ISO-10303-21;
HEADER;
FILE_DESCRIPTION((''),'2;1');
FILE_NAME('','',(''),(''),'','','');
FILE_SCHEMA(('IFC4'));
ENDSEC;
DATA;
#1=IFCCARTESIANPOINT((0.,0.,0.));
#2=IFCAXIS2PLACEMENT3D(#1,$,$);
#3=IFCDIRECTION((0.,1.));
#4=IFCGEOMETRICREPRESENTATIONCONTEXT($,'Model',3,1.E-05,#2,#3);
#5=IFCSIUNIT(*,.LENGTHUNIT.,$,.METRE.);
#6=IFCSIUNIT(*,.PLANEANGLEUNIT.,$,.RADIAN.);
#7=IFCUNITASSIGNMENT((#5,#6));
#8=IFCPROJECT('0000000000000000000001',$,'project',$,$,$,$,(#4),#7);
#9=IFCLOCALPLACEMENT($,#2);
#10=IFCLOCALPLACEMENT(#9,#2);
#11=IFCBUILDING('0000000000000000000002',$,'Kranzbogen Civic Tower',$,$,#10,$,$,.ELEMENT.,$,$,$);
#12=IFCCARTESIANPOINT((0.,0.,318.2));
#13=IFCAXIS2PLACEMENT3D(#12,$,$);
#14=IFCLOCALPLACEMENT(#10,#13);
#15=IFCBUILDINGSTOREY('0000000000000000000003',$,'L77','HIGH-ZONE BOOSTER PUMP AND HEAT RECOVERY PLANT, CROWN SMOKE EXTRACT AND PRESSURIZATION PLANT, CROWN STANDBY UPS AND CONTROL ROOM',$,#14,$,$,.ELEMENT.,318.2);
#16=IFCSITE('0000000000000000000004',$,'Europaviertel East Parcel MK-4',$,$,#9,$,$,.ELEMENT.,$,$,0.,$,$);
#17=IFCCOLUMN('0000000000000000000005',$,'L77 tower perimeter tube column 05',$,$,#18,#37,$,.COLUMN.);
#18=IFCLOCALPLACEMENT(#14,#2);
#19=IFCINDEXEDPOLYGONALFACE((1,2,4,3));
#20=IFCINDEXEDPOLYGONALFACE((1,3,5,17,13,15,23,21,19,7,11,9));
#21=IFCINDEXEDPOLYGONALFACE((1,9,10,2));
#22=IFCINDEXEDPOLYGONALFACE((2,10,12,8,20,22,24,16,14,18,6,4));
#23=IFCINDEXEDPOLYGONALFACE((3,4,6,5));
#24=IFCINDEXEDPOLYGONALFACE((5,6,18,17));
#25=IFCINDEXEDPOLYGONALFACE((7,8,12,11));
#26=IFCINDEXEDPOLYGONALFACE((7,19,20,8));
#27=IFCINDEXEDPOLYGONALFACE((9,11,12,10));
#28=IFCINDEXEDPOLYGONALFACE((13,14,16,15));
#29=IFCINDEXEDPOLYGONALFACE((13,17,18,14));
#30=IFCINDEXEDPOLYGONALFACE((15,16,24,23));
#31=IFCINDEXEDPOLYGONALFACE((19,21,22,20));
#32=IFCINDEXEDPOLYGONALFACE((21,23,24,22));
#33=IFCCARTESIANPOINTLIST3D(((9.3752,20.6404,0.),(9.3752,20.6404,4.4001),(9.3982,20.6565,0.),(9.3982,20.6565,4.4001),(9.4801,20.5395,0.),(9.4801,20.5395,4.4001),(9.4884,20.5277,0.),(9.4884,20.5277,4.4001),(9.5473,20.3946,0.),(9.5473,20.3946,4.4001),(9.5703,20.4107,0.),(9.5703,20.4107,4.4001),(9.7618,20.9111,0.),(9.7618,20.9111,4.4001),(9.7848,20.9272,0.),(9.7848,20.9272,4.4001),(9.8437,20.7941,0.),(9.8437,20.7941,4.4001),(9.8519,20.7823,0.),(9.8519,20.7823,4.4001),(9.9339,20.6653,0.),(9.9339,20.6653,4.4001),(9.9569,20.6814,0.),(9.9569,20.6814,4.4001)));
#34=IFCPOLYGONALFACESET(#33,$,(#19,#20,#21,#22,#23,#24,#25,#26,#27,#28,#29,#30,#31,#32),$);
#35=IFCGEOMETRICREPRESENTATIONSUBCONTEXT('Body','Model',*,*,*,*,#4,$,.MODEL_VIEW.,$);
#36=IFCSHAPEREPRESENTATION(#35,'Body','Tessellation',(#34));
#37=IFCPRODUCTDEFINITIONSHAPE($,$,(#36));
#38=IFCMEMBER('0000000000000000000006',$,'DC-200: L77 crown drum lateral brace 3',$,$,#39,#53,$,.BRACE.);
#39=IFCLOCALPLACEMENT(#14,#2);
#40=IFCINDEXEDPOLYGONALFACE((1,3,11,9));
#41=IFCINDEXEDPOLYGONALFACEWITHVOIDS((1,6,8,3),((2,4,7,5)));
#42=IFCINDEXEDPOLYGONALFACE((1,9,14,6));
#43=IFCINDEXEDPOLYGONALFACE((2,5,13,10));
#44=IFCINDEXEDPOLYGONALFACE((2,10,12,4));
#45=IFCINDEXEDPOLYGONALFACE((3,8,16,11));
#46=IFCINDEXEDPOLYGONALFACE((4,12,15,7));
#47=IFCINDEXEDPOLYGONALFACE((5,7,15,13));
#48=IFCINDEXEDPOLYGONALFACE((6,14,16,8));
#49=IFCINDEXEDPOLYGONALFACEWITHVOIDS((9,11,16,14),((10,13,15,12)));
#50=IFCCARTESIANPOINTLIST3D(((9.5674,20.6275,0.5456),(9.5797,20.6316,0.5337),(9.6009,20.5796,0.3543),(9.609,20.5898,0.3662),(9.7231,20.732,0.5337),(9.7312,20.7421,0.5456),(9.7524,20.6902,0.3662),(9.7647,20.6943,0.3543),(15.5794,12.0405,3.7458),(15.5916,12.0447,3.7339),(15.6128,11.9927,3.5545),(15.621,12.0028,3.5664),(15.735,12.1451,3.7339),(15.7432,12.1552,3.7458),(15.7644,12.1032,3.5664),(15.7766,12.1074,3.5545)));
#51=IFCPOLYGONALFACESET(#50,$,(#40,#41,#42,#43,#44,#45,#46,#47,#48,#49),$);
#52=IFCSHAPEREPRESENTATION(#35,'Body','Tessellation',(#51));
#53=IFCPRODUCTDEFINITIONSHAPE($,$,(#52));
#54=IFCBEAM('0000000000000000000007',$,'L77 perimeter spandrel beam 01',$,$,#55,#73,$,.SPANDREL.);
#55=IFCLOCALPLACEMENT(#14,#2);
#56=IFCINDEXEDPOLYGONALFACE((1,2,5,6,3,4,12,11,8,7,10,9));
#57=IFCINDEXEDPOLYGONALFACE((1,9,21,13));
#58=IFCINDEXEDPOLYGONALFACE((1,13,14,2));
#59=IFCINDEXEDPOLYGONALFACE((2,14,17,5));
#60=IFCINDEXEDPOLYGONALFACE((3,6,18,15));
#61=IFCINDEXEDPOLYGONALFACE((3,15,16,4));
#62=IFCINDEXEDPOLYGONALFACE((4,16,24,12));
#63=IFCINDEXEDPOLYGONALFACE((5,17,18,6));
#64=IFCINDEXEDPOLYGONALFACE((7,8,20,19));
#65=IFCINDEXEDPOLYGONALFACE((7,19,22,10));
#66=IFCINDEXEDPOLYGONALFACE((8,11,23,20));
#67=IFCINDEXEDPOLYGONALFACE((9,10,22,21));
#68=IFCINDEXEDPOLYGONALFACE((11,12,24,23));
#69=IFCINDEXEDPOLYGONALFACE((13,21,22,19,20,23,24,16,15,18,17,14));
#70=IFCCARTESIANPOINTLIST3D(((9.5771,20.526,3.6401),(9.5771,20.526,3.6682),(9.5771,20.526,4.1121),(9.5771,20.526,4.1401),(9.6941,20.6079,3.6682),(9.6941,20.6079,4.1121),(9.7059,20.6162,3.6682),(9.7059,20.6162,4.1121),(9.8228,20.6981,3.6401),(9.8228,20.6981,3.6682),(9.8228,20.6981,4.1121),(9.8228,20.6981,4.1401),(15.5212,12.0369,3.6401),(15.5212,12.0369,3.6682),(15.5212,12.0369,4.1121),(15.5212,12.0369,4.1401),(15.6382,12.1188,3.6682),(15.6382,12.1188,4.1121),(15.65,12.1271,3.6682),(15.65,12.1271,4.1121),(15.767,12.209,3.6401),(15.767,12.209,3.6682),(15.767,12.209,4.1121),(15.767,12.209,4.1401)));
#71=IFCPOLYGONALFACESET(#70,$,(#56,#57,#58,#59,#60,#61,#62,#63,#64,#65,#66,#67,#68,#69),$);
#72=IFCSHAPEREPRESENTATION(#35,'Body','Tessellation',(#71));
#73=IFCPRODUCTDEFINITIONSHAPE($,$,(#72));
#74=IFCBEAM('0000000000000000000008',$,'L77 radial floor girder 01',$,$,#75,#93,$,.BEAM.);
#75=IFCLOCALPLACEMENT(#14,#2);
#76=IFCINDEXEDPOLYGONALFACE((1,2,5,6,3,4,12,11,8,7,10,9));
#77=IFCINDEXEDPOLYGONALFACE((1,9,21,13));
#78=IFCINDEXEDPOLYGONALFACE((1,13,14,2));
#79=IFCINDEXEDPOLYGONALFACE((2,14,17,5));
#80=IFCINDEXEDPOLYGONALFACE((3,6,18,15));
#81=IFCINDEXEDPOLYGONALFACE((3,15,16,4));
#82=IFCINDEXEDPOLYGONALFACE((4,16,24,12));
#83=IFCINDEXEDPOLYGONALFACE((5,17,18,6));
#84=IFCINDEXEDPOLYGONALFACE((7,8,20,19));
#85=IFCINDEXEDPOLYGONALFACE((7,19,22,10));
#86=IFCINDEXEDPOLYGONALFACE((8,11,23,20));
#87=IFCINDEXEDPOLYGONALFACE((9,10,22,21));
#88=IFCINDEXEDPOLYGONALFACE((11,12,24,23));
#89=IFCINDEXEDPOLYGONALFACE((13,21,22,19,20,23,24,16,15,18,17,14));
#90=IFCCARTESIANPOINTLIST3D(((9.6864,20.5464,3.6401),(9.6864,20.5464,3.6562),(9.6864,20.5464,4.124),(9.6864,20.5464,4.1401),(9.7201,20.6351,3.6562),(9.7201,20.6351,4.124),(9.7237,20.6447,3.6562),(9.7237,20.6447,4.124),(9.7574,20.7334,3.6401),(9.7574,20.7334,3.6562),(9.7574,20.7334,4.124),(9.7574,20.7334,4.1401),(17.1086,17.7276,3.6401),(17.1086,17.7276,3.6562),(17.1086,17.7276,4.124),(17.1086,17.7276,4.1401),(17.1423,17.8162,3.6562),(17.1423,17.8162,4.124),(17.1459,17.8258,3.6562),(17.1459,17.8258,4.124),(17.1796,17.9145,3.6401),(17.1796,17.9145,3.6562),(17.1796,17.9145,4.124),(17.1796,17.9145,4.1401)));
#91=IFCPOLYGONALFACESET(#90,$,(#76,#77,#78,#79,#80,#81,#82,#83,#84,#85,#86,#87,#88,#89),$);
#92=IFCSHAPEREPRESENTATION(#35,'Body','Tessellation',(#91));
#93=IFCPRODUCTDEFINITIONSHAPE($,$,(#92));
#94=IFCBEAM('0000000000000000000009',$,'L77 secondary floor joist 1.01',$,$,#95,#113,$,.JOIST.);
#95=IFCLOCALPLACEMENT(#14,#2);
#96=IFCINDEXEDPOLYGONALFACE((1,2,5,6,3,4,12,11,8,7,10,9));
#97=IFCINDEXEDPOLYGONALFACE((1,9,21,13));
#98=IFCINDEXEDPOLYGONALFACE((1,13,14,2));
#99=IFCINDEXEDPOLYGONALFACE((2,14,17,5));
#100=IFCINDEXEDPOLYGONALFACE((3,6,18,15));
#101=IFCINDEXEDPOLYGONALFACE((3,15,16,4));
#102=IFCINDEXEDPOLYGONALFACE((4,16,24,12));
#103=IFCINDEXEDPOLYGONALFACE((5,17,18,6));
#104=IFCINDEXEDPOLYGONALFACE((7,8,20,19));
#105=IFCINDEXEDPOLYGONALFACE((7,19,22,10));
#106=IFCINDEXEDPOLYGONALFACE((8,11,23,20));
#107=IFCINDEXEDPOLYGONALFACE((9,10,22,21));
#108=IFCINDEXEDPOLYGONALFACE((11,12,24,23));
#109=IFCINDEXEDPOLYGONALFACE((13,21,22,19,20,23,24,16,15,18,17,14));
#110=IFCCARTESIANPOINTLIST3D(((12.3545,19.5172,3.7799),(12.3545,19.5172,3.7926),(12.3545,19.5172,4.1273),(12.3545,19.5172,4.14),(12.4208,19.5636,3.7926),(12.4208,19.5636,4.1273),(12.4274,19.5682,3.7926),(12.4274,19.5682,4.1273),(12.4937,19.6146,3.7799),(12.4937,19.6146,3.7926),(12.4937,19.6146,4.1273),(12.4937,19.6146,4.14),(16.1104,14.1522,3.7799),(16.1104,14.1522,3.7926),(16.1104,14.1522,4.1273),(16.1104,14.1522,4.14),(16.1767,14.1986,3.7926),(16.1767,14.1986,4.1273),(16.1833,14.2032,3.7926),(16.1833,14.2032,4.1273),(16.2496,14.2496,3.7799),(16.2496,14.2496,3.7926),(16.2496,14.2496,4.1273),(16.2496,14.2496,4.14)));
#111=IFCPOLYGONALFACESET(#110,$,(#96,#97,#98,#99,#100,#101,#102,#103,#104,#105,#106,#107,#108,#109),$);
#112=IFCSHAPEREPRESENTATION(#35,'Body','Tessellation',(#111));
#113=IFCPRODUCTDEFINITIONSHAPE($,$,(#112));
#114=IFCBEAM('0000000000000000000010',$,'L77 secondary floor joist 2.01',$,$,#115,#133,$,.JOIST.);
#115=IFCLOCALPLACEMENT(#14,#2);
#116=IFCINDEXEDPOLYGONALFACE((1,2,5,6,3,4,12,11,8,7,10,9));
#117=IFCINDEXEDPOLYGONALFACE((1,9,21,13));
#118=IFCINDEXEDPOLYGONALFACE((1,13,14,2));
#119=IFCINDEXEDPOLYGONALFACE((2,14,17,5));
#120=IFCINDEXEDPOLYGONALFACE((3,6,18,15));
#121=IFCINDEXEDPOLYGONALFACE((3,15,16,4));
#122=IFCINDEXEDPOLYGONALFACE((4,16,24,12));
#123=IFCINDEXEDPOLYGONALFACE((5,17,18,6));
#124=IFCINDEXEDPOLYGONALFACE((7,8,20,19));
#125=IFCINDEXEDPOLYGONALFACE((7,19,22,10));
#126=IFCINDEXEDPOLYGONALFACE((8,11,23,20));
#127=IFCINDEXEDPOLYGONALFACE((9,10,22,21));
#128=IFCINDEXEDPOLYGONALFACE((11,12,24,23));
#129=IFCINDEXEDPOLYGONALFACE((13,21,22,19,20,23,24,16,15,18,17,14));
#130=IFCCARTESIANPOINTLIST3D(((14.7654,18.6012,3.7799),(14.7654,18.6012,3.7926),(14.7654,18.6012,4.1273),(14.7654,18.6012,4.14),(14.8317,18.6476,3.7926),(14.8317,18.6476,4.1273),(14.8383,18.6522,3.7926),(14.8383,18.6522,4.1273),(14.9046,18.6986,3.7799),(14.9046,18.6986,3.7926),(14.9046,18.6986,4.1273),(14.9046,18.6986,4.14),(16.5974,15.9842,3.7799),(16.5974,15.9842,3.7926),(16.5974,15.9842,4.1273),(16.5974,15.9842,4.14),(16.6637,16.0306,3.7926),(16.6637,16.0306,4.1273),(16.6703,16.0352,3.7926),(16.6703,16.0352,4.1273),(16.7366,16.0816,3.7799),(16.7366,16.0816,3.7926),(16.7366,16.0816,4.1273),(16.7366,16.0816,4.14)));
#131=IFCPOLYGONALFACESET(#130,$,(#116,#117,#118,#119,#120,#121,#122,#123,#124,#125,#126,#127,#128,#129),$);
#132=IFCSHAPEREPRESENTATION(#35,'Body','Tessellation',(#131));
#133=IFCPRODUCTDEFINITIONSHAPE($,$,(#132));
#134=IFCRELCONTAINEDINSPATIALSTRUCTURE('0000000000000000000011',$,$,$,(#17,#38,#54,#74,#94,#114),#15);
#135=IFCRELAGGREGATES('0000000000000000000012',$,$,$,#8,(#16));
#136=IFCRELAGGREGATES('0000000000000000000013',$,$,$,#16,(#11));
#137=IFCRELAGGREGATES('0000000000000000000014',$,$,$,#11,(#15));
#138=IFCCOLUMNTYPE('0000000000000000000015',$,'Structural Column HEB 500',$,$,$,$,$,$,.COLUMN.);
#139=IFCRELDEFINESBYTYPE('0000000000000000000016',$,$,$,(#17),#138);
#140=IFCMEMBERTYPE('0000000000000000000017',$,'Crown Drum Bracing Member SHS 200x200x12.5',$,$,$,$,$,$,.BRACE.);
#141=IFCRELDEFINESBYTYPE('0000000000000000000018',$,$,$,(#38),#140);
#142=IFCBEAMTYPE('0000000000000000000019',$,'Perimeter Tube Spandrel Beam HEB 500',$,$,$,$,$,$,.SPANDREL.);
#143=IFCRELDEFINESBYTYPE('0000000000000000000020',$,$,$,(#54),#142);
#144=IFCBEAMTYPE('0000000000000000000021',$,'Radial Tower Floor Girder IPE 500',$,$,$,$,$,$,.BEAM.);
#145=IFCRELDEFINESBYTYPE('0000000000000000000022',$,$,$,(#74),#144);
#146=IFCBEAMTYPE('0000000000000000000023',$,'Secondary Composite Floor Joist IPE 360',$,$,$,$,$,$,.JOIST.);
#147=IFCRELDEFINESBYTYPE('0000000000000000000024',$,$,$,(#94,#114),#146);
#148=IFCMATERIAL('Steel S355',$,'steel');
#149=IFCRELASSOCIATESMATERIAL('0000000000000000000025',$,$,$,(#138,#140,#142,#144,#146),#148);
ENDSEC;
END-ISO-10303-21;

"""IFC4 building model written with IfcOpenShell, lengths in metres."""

from ifc_helpers import new_model, si_unit, direction, frame, origin, origin_2d, place, context, subcontext, project, spatial, hollow_rectangle, i_section, extrude, material, material_profile, profile_set, type_object, element, save


model = new_model("IFC4")

# Units and contexts
model_context = context("Model", 3, precision=1e-05, world=origin(), true_north=direction((0.0, 1.0)))
body_context = subcontext(model_context, "Body", "Model", "MODEL_VIEW")
ifc_project = project(units=[si_unit("LENGTHUNIT", "METRE"), si_unit("PLANEANGLEUNIT", "RADIAN")], contexts=[model_context])

# Site, building, storey
site_placement = place(None, origin())
site = spatial("IfcSite", under=ifc_project, at=site_placement, Name="Europaviertel East Parcel MK-4", CompositionType="ELEMENT", RefElevation=0.0)
building_placement = place(site_placement, origin())
building = spatial("IfcBuilding", under=site, at=building_placement, Name="Kranzbogen Civic Tower", CompositionType="ELEMENT")
storey_placement = place(building_placement, frame((0.0, 0.0, 318.2)))
storey = spatial("IfcBuildingStorey", under=building, at=storey_placement, Name="L77", Description="HIGH-ZONE BOOSTER PUMP AND HEAT RECOVERY PLANT, CROWN SMOKE EXTRACT AND PRESSURIZATION PLANT, CROWN STANDBY UPS AND CONTROL ROOM", CompositionType="ELEMENT", Elevation=318.2)

# Column
ifc_material_1 = material(Name="Steel S355", Category="steel")
ifc_material_profile_1 = material_profile(ifc_material_1, i_section(OverallWidth=0.3, OverallDepth=0.5, WebThickness=0.0144, FlangeThickness=0.0281, at=origin_2d()), Name="HEB 500")
ifc_profile_set_1 = profile_set([ifc_material_profile_1], Name="Steel S355")
column_type = type_object("IfcColumnType", Name="Structural Column HEB 500", PredefinedType="COLUMN", material=ifc_profile_set_1)
column_placement = place(storey_placement, frame((9.666, 20.6609, 0.0), z_axis=(0.0, 0.0, 1.0), x_axis=(-0.573576, 0.819152, 0.0)))
element("IfcColumn", 1, at=column_placement, inside=storey, type_object=column_type, Name="L77 tower perimeter tube column 05", PredefinedType="COLUMN", context=body_context, shape_type="SweptSolid", body=[
    extrude(i_section(OverallWidth=0.3, OverallDepth=0.5, WebThickness=0.0144, FlangeThickness=0.0281, at=origin_2d()), origin(), (0.0, 0.0, 1.0), 4.4001),
])

# Member
ifc_material_profile_2 = material_profile(ifc_material_1, hollow_rectangle(XDim=0.2, YDim=0.2, WallThickness=0.0125, at=origin_2d()), Name="SHS 200x200x12.5")
ifc_profile_set_2 = profile_set([ifc_material_profile_2], Name="Steel S355")
member_type = type_object("IfcMemberType", Name="Crown Drum Bracing Member SHS 200x200x12.5", PredefinedType="BRACE", material=ifc_profile_set_2)
member_placement = place(storey_placement, frame((9.666, 20.6609, 0.45), z_axis=(0.54854, -0.783483, 0.291991), x_axis=(0.819182, 0.573534, 0.0)))
element("IfcMember", 2, at=member_placement, inside=storey, type_object=member_type, Name="DC-200: L77 crown drum lateral brace 3", PredefinedType="BRACE", context=body_context, shape_type="SweptSolid", body=[
    extrude(hollow_rectangle(XDim=0.2, YDim=0.2, WallThickness=0.0125, at=origin_2d()), origin(), (0.0, 0.0, 1.0), 10.96),
])

# Beams
ifc_material_profile_3 = material_profile(ifc_material_1, i_section(OverallWidth=0.3, OverallDepth=0.5, WebThickness=0.0144, FlangeThickness=0.0281, at=origin_2d()), Name="HEB 500")
ifc_profile_set_3 = profile_set([ifc_material_profile_3], Name="Steel S355")
beam_type_1 = type_object("IfcBeamType", Name="Perimeter Tube Spandrel Beam HEB 500", PredefinedType="SPANDREL", material=ifc_profile_set_3)
beam_1_placement = place(storey_placement, frame((9.7, 20.6121, 3.8901), z_axis=(0.573578, -0.819151, 0.0), x_axis=(0.819151, 0.573578, 0.0)))
element("IfcBeam", 3, at=beam_1_placement, inside=storey, type_object=beam_type_1, Name="L77 perimeter spandrel beam 01", PredefinedType="SPANDREL", context=body_context, shape_type="SweptSolid", body=[
    extrude(i_section(OverallWidth=0.3, OverallDepth=0.5, WebThickness=0.0144, FlangeThickness=0.0281, at=origin_2d()), origin(), (0.0, 0.0, 1.0), 10.3633),
])
ifc_material_profile_4 = material_profile(ifc_material_1, i_section(OverallWidth=0.2, OverallDepth=0.5, WebThickness=0.0103, FlangeThickness=0.0161, at=origin_2d()), Name="IPE 500")
ifc_profile_set_4 = profile_set([ifc_material_profile_4], Name="Steel S355")
beam_type_2 = type_object("IfcBeamType", Name="Radial Tower Floor Girder IPE 500", PredefinedType="BEAM", material=ifc_profile_set_4)
beam_2_placement = place(storey_placement, frame((9.7219, 20.6399, 3.8901), z_axis=(0.934849, -0.355046, 0.0), x_axis=(0.355046, 0.934849, 0.0)))
element("IfcBeam", 4, at=beam_2_placement, inside=storey, type_object=beam_type_2, Name="L77 radial floor girder 01", PredefinedType="BEAM", context=body_context, shape_type="SweptSolid", body=[
    extrude(i_section(OverallWidth=0.2, OverallDepth=0.5, WebThickness=0.0103, FlangeThickness=0.0161, at=origin_2d()), origin(), (0.0, 0.0, 1.0), 7.9395),
])
ifc_material_profile_5 = material_profile(ifc_material_1, i_section(OverallWidth=0.1699, OverallDepth=0.3601, WebThickness=0.0081, FlangeThickness=0.0127, at=origin_2d()), Name="IPE 360")
ifc_profile_set_5 = profile_set([ifc_material_profile_5], Name="Steel S355")
beam_type_3 = type_object("IfcBeamType", Name="Secondary Composite Floor Joist IPE 360", PredefinedType="JOIST", material=ifc_profile_set_5)
beam_3_placement = place(storey_placement, frame((12.4241, 19.5659, 3.96), z_axis=(0.5735, -0.819206, 0.0), x_axis=(0.819206, 0.5735, 0.0)))
element("IfcBeam", 5, at=beam_3_placement, inside=storey, type_object=beam_type_3, Name="L77 secondary floor joist 1.01", PredefinedType="JOIST", context=body_context, shape_type="SweptSolid", body=[
    extrude(i_section(OverallWidth=0.1699, OverallDepth=0.3601, WebThickness=0.0081, FlangeThickness=0.0127, at=origin_2d()), origin(), (0.0, 0.0, 1.0), 6.5491),
])
beam_4_placement = place(storey_placement, frame((14.835, 18.6499, 3.96), z_axis=(0.573498, -0.819207, 0.0), x_axis=(0.819207, 0.573498, 0.0)))
element("IfcBeam", 6, at=beam_4_placement, inside=storey, type_object=beam_type_3, Name="L77 secondary floor joist 2.01", PredefinedType="JOIST", context=body_context, shape_type="SweptSolid", body=[
    extrude(i_section(OverallWidth=0.1699, OverallDepth=0.3601, WebThickness=0.0081, FlangeThickness=0.0127, at=origin_2d()), origin(), (0.0, 0.0, 1.0), 3.1946),
])

save(model, "model.ifc")
